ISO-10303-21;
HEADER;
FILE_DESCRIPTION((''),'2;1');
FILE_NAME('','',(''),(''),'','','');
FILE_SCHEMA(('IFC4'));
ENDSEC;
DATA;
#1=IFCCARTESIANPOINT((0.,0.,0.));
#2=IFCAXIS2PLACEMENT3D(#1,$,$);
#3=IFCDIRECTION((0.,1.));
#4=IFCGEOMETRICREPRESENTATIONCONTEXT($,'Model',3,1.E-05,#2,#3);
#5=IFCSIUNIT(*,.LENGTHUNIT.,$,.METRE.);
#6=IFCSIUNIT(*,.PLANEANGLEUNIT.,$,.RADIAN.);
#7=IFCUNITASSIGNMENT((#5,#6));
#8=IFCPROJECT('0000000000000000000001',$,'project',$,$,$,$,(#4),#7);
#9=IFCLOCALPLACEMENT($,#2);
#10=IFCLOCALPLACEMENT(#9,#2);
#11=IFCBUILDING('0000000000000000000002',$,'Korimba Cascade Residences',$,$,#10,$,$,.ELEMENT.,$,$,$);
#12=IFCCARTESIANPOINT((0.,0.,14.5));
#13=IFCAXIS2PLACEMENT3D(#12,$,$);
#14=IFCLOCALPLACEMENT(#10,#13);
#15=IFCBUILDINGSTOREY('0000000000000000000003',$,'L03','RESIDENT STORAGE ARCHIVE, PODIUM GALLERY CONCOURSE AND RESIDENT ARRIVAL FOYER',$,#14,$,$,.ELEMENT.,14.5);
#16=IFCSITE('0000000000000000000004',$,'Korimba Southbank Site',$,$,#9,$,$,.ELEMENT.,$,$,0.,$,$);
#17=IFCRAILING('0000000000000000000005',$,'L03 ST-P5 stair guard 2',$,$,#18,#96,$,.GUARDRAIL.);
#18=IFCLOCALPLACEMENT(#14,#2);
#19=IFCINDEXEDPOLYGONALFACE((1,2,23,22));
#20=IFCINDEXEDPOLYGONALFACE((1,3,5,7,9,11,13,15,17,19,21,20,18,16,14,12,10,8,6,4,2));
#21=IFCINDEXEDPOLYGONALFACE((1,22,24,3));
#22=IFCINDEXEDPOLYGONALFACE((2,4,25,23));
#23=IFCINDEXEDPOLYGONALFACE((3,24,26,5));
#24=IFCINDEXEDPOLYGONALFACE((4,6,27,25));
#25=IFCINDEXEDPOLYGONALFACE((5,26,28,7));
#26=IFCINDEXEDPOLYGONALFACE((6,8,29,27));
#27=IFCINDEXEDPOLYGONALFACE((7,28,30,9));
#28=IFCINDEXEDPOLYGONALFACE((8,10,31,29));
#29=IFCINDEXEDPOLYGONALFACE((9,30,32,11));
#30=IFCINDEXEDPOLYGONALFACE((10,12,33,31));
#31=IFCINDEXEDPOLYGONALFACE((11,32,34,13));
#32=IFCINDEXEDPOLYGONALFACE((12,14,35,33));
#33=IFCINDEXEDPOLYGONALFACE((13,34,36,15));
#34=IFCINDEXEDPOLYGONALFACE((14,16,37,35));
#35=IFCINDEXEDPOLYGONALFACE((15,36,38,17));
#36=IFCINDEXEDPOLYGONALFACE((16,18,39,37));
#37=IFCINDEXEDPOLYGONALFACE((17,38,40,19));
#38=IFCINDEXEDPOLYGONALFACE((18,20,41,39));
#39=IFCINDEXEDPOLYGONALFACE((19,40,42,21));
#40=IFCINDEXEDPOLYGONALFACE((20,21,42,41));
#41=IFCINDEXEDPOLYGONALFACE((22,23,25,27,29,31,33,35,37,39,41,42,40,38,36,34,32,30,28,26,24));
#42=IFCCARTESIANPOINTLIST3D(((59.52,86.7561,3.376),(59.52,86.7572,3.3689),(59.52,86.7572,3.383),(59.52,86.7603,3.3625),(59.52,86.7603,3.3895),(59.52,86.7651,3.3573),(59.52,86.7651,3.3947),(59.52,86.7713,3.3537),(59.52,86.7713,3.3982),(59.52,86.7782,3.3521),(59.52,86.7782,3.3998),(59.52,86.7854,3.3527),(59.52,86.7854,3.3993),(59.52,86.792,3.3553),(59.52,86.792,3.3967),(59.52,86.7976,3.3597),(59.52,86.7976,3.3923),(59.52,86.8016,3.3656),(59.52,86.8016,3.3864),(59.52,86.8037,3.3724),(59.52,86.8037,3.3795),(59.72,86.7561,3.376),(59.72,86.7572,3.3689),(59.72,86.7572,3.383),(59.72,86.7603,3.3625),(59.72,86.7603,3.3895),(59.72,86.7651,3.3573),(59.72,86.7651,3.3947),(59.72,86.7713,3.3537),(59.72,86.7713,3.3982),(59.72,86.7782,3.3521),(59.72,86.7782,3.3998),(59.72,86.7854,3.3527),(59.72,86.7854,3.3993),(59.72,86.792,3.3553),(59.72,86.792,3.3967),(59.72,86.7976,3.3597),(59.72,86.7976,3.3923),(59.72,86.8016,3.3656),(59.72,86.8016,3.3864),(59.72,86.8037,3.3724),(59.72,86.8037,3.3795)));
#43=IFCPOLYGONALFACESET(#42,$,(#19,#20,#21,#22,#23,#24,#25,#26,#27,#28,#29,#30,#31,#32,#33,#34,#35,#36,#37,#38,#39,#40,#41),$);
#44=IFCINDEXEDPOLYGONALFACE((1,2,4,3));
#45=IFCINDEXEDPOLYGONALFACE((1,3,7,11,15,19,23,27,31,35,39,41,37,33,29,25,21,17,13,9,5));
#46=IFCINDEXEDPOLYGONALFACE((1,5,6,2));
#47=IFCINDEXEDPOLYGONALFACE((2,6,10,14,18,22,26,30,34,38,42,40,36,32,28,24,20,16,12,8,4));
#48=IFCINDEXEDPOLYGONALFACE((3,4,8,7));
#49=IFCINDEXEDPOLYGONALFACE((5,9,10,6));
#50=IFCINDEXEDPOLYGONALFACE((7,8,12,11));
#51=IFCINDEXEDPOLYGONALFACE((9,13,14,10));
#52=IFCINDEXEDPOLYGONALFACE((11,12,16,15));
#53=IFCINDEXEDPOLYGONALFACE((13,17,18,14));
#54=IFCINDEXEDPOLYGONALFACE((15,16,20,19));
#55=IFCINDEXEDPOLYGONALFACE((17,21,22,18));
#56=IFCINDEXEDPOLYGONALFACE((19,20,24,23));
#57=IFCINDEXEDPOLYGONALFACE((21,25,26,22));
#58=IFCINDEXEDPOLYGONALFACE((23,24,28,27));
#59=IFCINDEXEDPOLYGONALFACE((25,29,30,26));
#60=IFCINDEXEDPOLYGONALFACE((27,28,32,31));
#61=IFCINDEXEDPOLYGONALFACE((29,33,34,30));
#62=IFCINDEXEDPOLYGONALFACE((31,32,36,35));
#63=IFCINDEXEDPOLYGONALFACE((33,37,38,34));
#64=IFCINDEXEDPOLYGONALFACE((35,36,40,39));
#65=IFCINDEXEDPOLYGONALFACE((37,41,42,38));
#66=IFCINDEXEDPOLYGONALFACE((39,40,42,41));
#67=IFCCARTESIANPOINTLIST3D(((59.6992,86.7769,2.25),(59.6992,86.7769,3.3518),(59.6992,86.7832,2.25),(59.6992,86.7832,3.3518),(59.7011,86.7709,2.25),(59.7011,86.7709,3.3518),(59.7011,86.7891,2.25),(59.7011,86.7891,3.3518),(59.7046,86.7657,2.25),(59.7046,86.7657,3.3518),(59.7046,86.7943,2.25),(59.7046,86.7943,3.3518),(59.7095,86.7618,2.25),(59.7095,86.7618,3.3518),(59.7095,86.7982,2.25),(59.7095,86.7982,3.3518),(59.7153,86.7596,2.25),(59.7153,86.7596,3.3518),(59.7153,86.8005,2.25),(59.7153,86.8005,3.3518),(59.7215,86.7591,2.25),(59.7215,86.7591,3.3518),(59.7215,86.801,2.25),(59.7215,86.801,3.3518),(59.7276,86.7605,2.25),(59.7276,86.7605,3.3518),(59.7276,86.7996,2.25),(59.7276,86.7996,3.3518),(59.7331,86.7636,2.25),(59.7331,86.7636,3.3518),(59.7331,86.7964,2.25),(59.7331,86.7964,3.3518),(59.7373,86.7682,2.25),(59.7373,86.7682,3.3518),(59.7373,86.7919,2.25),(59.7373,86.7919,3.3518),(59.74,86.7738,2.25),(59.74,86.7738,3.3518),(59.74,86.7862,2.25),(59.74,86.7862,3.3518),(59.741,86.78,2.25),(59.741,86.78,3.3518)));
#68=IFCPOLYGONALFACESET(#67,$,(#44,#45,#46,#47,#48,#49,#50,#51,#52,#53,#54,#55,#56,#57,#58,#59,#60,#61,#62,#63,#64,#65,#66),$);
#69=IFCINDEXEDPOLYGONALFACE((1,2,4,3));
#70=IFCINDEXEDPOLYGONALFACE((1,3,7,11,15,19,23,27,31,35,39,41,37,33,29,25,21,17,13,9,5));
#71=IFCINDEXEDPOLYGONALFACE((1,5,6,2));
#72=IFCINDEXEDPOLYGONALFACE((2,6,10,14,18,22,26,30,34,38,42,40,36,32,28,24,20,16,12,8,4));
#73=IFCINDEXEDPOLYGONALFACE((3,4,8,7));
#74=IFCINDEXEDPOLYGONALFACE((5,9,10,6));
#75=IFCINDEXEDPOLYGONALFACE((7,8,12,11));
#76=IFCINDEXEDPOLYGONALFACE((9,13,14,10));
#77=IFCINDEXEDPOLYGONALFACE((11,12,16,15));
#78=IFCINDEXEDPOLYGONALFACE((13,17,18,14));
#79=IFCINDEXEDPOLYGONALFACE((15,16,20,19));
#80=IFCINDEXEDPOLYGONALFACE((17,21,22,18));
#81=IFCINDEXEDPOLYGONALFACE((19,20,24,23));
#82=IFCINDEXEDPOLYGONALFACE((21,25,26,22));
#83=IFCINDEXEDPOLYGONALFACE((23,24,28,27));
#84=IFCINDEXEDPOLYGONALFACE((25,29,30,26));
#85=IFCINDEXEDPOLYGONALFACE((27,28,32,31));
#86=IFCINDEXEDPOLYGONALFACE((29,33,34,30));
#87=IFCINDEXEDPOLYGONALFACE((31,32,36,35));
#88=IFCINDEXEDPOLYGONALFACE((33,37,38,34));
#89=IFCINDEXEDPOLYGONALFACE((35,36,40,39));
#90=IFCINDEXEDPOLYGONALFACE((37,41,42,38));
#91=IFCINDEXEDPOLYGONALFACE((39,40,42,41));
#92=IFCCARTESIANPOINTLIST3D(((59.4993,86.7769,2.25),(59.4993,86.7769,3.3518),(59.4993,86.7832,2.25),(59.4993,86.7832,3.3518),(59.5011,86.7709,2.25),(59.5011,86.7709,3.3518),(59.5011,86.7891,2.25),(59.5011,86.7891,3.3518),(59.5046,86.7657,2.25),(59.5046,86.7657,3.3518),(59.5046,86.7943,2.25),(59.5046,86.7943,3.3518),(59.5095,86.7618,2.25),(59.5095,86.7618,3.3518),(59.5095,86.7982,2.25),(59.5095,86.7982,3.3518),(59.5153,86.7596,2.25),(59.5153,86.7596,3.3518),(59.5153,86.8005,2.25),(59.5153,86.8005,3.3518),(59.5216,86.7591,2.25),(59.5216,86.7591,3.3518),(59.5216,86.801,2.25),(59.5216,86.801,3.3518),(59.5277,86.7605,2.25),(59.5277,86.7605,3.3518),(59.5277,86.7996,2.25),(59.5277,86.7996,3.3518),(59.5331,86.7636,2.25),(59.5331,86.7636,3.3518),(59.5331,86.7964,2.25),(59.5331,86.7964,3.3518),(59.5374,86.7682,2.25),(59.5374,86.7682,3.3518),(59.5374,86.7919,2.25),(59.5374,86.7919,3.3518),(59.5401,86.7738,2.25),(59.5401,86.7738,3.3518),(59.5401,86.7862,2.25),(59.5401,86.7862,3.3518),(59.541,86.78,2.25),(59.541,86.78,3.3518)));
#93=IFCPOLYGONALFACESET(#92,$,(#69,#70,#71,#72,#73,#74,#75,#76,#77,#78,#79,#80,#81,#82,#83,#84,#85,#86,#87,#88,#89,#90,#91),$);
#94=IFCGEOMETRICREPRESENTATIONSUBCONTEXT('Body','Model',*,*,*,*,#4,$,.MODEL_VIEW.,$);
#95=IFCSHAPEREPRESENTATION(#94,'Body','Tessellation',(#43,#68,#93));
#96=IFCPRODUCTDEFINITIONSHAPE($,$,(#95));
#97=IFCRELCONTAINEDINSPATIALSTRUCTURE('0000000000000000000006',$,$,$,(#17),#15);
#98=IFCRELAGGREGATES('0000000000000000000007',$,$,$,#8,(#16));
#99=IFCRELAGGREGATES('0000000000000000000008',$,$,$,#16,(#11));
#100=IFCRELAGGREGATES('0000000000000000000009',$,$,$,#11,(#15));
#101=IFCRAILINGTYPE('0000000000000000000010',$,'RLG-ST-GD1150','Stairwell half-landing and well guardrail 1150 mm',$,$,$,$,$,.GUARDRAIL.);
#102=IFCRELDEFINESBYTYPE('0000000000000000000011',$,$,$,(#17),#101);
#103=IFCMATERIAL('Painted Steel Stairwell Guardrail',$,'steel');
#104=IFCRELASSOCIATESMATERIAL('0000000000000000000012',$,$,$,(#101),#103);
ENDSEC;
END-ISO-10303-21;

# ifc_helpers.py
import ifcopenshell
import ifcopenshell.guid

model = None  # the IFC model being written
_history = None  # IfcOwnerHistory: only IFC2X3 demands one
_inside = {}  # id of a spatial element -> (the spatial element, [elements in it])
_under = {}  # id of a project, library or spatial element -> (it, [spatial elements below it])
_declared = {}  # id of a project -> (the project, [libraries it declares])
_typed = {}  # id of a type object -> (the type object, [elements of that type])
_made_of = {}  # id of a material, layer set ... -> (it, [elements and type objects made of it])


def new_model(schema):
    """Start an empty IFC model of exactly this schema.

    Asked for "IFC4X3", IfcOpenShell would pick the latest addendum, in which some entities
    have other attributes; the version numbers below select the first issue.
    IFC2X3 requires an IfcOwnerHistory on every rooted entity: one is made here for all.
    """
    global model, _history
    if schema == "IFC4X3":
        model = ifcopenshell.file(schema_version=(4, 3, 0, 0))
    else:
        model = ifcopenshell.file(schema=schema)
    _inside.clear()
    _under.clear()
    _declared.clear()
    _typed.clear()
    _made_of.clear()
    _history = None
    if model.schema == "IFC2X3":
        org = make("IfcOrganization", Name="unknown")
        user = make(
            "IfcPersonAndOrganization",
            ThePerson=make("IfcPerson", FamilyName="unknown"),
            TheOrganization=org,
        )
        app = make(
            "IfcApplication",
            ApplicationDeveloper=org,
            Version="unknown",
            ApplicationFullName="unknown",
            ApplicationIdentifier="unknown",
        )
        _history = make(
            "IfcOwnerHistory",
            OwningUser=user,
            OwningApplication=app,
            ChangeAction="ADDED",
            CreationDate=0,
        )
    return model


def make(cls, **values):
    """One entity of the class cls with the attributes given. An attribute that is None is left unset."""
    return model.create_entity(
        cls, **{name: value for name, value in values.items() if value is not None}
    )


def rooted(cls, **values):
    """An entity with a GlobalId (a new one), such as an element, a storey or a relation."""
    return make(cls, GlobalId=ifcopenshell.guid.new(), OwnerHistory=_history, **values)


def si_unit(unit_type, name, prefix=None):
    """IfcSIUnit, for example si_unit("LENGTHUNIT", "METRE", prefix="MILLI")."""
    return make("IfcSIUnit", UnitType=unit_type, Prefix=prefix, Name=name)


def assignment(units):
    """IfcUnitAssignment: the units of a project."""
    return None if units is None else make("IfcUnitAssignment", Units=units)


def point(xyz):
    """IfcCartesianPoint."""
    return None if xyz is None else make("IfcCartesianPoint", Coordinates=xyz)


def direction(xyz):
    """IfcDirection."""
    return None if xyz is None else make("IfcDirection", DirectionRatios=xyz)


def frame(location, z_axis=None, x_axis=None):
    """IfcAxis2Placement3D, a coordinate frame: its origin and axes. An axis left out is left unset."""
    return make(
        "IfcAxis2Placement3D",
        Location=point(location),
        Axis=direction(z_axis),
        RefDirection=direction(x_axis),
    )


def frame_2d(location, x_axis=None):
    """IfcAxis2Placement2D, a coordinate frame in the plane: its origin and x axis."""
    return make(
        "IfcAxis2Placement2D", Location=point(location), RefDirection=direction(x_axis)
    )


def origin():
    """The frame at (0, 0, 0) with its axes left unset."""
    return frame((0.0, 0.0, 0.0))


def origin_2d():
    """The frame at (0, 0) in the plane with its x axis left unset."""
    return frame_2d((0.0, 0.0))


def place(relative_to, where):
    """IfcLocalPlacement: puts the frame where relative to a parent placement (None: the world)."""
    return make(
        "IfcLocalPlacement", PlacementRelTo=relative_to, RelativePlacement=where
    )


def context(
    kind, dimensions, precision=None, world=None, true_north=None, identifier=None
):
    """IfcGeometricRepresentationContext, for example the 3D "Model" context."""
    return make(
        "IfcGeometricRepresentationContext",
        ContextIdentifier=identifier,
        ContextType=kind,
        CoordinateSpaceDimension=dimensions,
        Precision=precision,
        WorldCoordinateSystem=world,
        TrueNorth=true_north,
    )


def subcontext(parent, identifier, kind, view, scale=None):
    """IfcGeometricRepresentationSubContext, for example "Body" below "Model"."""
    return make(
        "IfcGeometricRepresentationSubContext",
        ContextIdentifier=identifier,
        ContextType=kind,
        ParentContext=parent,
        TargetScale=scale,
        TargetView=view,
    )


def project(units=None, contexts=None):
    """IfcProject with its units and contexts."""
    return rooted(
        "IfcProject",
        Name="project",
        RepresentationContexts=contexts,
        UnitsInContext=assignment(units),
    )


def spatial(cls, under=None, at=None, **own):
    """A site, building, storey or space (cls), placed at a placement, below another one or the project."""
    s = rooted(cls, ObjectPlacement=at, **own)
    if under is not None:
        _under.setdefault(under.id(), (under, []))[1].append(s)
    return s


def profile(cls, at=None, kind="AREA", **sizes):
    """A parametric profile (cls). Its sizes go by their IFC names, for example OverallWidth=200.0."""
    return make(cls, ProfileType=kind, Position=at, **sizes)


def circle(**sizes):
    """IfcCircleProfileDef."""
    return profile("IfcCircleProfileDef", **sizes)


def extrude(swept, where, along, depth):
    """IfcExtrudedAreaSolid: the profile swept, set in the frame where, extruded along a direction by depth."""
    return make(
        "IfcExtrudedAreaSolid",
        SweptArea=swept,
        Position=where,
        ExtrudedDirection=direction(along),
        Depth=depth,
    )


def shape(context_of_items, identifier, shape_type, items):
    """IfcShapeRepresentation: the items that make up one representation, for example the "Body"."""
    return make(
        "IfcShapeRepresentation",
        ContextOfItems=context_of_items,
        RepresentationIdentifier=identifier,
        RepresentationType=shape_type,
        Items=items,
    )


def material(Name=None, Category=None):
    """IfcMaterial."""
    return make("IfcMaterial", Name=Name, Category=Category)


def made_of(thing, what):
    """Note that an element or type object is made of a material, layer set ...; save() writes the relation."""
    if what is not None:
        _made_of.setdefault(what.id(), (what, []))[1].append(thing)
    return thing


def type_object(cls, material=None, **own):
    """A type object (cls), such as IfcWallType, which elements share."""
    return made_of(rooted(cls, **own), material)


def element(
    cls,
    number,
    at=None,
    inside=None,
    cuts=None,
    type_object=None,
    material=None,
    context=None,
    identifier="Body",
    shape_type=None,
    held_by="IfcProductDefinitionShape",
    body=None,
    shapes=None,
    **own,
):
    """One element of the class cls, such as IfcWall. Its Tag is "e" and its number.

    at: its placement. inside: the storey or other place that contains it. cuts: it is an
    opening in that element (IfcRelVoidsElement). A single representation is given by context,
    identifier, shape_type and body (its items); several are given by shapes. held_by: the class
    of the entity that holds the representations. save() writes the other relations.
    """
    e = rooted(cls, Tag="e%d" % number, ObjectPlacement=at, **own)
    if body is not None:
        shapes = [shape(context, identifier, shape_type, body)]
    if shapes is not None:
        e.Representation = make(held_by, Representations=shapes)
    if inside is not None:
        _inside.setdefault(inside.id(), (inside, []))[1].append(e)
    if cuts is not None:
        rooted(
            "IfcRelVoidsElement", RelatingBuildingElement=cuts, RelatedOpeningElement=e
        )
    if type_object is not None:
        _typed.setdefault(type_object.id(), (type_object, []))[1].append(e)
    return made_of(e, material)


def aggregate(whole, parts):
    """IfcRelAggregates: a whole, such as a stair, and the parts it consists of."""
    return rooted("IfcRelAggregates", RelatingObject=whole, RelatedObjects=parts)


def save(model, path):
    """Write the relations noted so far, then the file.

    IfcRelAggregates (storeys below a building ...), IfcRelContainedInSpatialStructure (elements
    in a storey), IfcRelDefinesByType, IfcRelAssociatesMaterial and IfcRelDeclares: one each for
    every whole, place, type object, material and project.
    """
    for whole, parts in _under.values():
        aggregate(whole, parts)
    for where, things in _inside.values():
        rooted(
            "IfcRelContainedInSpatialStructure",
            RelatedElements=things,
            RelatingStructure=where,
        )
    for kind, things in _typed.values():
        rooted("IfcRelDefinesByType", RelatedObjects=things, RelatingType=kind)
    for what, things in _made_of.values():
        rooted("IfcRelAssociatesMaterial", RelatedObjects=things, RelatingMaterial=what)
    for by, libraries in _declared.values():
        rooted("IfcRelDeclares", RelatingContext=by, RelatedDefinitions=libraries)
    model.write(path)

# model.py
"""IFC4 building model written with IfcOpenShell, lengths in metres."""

from ifc_helpers import new_model, si_unit, direction, frame, origin, origin_2d, place, context, subcontext, project, spatial, circle, extrude, material, type_object, element, save


model = new_model("IFC4")

# Units and contexts
model_context = context("Model", 3, precision=1e-05, world=origin(), true_north=direction((0.0, 1.0)))
body_context = subcontext(model_context, "Body", "Model", "MODEL_VIEW")
ifc_project = project(units=[si_unit("LENGTHUNIT", "METRE"), si_unit("PLANEANGLEUNIT", "RADIAN")], contexts=[model_context])

# Site, building, storey
site_placement = place(None, origin())
site = spatial("IfcSite", under=ifc_project, at=site_placement, Name="Korimba Southbank Site", CompositionType="ELEMENT", RefElevation=0.0)
building_placement = place(site_placement, origin())
building = spatial("IfcBuilding", under=site, at=building_placement, Name="Korimba Cascade Residences", CompositionType="ELEMENT")
storey_placement = place(building_placement, frame((0.0, 0.0, 14.5)))
storey = spatial("IfcBuildingStorey", under=building, at=storey_placement, Name="L03", Description="RESIDENT STORAGE ARCHIVE, PODIUM GALLERY CONCOURSE AND RESIDENT ARRIVAL FOYER", CompositionType="ELEMENT", Elevation=14.5)

# Railing
ifc_material_1 = material(Name="Painted Steel Stairwell Guardrail", Category="steel")
railing_type_1 = type_object("IfcRailingType", Name="RLG-ST-GD1150", Description="Stairwell half-landing and well guardrail 1150 mm", PredefinedType="GUARDRAIL", material=ifc_material_1)
railing_1_placement = place(storey_placement, frame((59.72, 86.78, 2.25)))
element("IfcRailing", 1, at=railing_1_placement, inside=storey, type_object=railing_type_1, Name="L03 ST-P5 stair guard 2", PredefinedType="GUARDRAIL", context=body_context, shape_type="SweptSolid", body=[
    extrude(circle(Radius=0.0239, at=origin_2d()), frame((0.0, 0.0, 1.126), z_axis=(-1.0, 0.0, 0.0), x_axis=(0.0, -1.0, 0.0)), (0.0, 0.0, 1.0), 0.2),
    extrude(circle(Radius=0.021, at=origin_2d()), origin(), (0.0, 0.0, 1.0), 1.1018),
    extrude(circle(Radius=0.021, at=origin_2d()), frame((-0.2, 0.0, 0.0)), (0.0, 0.0, 1.0), 1.1018),
])

save(model, "model.ifc")
